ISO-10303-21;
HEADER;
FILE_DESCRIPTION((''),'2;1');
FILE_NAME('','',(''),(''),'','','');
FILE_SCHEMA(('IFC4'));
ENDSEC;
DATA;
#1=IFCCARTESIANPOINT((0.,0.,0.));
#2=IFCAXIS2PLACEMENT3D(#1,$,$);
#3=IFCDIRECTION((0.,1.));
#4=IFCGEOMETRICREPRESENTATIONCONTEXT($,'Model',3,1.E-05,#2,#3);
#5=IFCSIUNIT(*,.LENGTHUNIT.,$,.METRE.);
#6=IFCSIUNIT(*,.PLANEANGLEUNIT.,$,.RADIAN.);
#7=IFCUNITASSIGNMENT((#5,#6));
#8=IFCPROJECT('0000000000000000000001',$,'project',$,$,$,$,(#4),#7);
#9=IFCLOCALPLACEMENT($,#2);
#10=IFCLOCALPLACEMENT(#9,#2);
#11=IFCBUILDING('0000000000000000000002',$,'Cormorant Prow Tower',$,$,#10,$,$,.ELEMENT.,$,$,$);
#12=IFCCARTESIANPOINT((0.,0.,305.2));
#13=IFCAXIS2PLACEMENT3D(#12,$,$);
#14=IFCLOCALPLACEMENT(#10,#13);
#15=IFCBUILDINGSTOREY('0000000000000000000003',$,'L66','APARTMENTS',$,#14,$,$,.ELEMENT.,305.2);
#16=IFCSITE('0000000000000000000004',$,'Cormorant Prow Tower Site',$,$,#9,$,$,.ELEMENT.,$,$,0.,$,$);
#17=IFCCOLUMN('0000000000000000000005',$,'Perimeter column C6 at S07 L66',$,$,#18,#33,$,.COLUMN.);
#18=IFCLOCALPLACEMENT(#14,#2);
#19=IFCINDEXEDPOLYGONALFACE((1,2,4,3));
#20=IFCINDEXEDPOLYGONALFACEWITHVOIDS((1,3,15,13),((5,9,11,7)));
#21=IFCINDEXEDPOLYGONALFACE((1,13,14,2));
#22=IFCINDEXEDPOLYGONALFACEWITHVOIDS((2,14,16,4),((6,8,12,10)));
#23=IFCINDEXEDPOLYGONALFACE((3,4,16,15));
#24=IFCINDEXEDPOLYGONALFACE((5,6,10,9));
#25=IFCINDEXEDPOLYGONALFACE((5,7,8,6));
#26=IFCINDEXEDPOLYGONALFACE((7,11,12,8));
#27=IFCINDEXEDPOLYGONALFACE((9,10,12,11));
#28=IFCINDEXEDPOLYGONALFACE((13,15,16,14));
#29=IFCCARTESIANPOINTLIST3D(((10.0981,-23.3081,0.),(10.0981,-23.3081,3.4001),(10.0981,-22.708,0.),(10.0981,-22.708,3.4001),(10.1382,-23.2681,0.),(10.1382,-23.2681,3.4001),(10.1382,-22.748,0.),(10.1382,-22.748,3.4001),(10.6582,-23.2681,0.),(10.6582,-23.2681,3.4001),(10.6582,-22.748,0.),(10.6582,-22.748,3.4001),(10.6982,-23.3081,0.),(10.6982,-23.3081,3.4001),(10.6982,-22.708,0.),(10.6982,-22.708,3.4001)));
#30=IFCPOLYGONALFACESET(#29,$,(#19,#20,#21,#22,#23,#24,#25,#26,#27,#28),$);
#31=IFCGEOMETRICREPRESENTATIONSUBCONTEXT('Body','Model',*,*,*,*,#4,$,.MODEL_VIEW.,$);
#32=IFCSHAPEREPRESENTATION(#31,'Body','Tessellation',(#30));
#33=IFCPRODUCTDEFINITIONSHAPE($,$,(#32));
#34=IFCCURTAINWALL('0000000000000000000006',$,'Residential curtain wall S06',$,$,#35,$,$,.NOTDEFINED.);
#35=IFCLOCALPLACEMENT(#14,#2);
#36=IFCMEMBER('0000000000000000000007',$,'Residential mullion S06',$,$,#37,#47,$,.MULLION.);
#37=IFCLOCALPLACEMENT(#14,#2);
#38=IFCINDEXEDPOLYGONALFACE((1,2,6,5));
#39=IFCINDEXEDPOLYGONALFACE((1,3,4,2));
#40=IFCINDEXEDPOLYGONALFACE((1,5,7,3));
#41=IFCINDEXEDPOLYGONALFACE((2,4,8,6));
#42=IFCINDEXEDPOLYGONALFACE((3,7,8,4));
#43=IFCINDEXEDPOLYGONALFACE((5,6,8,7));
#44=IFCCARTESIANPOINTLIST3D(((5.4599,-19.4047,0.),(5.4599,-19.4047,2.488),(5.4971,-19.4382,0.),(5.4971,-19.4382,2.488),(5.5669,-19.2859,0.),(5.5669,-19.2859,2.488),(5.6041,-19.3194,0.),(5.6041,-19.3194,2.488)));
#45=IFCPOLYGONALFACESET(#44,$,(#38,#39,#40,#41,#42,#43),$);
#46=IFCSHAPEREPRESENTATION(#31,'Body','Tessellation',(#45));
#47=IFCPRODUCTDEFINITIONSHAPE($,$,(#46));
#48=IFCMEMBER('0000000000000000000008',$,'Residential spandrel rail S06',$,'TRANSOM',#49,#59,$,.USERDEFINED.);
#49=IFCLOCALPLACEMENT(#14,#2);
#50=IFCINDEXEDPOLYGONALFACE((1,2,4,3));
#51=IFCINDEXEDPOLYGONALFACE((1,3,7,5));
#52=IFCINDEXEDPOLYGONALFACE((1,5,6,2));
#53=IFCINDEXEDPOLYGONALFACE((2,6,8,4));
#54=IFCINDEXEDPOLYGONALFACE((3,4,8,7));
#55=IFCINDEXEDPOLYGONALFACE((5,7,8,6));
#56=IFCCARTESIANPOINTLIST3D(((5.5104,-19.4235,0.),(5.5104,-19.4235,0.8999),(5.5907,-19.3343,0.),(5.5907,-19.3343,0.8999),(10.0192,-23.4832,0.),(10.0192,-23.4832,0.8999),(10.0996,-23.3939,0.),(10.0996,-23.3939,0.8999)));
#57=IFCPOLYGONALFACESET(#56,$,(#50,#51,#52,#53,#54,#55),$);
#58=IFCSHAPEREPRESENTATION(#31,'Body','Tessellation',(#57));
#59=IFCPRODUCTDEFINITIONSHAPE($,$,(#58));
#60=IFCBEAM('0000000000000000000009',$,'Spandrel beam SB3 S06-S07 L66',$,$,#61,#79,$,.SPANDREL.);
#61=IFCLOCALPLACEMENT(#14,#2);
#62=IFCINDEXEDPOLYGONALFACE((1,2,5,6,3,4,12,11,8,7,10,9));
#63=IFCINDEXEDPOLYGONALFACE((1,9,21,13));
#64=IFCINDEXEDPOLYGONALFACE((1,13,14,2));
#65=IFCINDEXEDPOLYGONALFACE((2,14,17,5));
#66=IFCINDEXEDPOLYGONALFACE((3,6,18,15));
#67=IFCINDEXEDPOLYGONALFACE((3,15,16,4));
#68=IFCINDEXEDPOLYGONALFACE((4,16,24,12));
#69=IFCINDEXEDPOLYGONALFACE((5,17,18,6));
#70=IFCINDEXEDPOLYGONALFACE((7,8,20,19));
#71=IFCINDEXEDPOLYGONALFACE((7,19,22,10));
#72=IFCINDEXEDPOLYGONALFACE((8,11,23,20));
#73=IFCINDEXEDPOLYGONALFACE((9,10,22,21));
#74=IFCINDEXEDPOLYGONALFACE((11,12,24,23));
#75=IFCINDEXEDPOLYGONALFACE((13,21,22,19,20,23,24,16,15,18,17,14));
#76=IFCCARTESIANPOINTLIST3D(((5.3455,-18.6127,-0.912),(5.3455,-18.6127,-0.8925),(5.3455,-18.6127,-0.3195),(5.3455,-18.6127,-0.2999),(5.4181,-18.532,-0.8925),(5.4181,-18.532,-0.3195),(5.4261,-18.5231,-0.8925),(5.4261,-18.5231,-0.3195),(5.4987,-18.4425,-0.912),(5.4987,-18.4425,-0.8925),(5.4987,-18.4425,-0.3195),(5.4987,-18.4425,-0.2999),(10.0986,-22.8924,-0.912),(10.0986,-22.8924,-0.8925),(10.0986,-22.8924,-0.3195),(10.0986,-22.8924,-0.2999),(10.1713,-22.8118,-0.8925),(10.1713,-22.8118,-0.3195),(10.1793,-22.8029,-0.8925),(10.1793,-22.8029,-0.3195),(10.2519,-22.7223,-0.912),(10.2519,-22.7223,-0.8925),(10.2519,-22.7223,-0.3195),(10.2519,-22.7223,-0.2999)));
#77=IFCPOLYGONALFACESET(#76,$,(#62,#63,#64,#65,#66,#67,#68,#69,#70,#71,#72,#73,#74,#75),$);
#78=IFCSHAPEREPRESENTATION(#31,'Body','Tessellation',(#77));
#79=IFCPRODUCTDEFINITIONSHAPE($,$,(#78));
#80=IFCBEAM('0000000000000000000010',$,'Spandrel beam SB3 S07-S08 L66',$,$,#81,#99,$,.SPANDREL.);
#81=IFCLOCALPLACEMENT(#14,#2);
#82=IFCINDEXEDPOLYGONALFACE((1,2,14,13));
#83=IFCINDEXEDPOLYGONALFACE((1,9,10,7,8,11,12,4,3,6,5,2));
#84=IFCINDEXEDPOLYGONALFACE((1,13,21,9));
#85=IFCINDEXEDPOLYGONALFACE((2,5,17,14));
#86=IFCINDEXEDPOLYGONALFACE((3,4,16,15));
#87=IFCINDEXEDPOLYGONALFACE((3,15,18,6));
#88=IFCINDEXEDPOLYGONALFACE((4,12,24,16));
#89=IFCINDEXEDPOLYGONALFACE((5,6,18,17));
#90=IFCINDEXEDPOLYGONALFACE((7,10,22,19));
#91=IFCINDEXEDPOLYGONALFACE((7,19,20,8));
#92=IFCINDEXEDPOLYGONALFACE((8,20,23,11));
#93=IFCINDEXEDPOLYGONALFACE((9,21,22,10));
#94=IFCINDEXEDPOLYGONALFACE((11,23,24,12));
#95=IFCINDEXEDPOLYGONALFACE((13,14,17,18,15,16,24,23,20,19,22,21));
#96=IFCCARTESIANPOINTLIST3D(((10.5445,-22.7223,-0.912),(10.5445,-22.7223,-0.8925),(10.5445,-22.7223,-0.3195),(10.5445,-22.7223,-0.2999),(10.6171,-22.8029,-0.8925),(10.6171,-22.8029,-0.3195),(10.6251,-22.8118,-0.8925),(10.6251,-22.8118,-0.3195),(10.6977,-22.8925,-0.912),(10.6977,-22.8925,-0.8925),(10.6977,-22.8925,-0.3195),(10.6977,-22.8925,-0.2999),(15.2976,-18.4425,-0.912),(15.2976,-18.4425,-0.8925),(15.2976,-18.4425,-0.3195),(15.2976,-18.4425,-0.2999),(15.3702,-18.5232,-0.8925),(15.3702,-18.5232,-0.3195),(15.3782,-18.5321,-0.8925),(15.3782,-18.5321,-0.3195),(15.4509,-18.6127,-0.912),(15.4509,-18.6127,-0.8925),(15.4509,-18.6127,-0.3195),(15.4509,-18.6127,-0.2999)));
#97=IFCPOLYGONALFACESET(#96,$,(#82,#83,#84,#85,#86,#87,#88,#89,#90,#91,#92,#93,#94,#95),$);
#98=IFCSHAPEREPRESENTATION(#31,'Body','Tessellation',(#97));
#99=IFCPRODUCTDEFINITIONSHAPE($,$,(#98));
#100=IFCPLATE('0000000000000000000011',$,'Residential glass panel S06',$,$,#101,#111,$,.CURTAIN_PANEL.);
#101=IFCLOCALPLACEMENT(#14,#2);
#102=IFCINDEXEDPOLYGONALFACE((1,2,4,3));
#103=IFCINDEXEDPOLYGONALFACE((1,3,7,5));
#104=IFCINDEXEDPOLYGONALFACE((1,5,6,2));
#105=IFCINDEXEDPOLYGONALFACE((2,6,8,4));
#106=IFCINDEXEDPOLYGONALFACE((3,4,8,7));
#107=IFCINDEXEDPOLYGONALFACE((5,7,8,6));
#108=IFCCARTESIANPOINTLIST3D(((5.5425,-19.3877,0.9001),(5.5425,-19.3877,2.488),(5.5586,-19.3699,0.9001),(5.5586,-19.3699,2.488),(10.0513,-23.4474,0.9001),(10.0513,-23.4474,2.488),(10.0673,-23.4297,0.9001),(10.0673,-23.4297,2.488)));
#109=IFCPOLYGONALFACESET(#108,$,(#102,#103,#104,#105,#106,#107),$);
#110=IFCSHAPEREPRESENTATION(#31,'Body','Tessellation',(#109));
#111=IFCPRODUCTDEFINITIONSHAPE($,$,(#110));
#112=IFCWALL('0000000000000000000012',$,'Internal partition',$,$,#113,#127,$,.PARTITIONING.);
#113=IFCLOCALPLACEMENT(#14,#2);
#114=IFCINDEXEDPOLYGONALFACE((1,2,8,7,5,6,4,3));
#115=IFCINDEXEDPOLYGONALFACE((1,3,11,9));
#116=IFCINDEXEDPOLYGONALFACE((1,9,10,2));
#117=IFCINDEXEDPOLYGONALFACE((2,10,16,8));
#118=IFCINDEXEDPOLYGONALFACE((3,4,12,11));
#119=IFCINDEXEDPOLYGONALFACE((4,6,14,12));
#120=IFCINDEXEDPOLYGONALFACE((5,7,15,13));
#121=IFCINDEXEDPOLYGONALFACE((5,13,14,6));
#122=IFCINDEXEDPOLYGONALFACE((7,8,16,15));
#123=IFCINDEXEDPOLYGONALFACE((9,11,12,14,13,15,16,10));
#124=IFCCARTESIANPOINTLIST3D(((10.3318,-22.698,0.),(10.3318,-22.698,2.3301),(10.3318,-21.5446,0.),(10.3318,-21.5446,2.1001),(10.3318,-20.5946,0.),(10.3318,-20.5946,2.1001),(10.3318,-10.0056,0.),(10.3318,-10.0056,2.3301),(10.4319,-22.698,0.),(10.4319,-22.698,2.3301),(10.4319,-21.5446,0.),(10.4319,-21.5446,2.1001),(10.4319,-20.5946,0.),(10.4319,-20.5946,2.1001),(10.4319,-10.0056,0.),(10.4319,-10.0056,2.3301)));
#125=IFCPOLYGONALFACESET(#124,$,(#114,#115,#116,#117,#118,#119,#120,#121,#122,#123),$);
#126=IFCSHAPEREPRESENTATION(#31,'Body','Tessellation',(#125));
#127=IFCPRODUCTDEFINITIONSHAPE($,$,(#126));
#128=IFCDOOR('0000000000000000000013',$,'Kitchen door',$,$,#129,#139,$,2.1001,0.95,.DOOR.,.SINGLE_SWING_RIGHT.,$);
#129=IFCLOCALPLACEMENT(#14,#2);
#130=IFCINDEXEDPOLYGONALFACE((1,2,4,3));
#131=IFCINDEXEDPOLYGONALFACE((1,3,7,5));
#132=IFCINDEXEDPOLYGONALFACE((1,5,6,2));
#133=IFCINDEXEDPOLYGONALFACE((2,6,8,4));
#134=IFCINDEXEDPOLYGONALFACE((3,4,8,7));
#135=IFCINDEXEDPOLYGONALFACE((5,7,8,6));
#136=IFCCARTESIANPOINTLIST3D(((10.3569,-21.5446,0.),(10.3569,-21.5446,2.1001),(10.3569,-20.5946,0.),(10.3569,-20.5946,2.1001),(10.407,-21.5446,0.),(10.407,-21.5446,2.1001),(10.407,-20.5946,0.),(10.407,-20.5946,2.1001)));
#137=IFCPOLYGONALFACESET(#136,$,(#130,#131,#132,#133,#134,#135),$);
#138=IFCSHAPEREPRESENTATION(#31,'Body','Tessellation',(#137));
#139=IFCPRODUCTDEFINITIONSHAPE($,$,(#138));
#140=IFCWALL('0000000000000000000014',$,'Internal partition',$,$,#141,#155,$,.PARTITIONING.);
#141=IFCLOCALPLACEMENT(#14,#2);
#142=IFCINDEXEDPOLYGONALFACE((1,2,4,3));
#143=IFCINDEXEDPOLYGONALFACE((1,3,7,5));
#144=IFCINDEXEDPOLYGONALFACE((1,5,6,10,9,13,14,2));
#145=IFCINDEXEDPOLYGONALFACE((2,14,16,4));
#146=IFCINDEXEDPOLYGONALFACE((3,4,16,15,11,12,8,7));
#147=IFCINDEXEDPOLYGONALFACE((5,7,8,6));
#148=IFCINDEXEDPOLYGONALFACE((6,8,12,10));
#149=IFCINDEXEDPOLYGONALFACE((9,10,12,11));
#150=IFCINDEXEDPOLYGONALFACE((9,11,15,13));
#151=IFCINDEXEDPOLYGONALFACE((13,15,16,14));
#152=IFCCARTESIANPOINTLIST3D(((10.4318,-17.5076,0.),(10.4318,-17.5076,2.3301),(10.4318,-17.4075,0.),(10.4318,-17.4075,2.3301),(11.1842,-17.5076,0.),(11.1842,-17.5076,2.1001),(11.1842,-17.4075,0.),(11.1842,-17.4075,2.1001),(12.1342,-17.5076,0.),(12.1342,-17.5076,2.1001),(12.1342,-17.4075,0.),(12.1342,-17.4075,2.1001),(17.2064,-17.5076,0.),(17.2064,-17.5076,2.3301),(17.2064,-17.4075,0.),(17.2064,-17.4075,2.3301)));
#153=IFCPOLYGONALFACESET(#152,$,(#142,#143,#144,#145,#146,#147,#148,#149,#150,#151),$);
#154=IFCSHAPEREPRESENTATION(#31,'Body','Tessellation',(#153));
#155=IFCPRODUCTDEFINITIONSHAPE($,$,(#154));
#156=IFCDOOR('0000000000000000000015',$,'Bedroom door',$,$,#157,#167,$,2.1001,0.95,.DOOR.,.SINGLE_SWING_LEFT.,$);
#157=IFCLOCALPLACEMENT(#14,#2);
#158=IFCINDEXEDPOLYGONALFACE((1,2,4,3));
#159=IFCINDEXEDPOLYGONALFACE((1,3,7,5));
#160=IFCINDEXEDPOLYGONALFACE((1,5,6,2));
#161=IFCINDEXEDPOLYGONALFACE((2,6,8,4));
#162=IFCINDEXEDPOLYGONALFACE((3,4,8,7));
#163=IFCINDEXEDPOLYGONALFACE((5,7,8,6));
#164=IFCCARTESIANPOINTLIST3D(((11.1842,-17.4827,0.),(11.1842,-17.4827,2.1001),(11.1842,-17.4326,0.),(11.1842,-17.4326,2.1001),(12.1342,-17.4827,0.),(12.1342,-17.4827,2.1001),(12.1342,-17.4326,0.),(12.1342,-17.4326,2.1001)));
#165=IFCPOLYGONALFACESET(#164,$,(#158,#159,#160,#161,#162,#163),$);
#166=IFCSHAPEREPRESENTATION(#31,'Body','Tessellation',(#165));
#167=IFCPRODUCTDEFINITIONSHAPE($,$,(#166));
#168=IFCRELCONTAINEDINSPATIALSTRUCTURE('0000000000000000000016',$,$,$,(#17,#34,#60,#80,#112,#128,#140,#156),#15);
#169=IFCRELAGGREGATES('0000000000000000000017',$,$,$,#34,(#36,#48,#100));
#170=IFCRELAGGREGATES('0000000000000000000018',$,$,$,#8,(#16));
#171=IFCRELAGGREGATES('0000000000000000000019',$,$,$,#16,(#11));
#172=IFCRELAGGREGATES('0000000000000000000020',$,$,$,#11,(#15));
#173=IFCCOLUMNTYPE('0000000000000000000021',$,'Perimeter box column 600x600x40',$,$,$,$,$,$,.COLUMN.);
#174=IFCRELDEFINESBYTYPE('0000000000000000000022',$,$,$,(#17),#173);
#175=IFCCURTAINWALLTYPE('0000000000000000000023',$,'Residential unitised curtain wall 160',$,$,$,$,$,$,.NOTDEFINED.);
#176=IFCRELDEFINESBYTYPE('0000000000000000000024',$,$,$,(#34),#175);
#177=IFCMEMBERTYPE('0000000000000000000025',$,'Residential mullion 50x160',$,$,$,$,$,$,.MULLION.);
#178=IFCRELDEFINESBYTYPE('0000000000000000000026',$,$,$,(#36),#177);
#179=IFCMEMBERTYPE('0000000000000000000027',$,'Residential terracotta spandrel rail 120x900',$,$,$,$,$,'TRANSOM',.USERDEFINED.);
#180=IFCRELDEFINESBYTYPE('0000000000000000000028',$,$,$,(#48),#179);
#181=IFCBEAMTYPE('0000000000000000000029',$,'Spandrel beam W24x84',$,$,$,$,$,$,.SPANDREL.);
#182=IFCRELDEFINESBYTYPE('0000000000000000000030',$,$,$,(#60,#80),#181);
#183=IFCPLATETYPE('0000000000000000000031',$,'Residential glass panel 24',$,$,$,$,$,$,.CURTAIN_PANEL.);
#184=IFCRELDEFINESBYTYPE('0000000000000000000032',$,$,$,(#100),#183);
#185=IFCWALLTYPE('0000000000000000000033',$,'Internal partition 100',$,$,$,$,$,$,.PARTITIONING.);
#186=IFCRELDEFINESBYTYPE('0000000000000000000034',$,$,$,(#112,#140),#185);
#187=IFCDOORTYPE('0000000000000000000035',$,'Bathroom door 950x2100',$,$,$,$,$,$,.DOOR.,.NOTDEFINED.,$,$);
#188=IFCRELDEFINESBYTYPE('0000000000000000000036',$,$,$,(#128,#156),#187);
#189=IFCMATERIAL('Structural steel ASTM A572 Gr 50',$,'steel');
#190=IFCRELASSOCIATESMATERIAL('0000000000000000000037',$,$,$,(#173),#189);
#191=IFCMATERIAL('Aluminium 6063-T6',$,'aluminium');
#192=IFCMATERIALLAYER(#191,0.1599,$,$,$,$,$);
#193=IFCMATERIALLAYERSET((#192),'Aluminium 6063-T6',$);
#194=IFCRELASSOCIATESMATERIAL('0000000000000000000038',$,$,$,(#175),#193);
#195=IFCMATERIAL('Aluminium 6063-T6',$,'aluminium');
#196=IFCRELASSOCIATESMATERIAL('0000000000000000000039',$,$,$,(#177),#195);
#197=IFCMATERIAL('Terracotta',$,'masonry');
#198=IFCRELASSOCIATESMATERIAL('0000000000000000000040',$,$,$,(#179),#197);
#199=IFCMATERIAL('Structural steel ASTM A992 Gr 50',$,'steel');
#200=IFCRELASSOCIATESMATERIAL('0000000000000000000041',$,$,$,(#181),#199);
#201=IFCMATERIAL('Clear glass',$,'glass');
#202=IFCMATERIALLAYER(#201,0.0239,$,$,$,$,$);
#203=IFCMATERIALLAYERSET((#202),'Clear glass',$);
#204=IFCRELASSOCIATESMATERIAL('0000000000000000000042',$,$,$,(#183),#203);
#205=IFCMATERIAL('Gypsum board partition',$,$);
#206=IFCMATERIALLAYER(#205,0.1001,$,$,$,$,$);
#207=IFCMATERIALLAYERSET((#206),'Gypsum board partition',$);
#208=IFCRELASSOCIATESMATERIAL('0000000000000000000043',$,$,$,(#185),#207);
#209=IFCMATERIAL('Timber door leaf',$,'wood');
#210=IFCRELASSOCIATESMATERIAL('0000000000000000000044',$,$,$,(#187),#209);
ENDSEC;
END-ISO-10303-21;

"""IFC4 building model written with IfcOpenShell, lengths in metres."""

from ifc_helpers import new_model, si_unit, direction, frame, frame_2d, origin, origin_2d, place, context, subcontext, project, spatial, rectangle, hollow_rectangle, i_section, extrude, material, layer, layer_set, material_profile, profile_set, type_object, element, fill, aggregate, save


model = new_model("IFC4")

# Units and contexts
model_context = context("Model", 3, precision=1e-05, world=origin(), true_north=direction((0.0, 1.0)))
body_context = subcontext(model_context, "Body", "Model", "MODEL_VIEW")
ifc_project = project(units=[si_unit("LENGTHUNIT", "METRE"), si_unit("PLANEANGLEUNIT", "RADIAN")], contexts=[model_context])

# Site, building, storey
site_placement = place(None, origin())
site = spatial("IfcSite", under=ifc_project, at=site_placement, Name="Cormorant Prow Tower Site", CompositionType="ELEMENT", RefElevation=0.0)
building_placement = place(site_placement, origin())
building = spatial("IfcBuilding", under=site, at=building_placement, Name="Cormorant Prow Tower", CompositionType="ELEMENT")
storey_placement = place(building_placement, frame((0.0, 0.0, 305.2)))
storey = spatial("IfcBuildingStorey", under=building, at=storey_placement, Name="L66", Description="APARTMENTS", CompositionType="ELEMENT", Elevation=305.2)

# Column
ifc_material_1 = material(Name="Structural steel ASTM A572 Gr 50", Category="steel")
ifc_material_profile_1 = material_profile(ifc_material_1, hollow_rectangle(XDim=0.6001, YDim=0.6001, WallThickness=0.04, at=origin_2d()), Name="Box 600x600x40")
ifc_profile_set_1 = profile_set([ifc_material_profile_1], Name="Structural steel ASTM A572 Gr 50")
column_type = type_object("IfcColumnType", Name="Perimeter box column 600x600x40", PredefinedType="COLUMN", material=ifc_profile_set_1)
column_placement = place(storey_placement, frame((10.3982, -23.0081, 0.0), z_axis=(0.0, 0.0, 1.0), x_axis=(1.0, 0.0, 0.0)))
element("IfcColumn", 1, at=column_placement, inside=storey, type_object=column_type, Name="Perimeter column C6 at S07 L66", PredefinedType="COLUMN", context=body_context, shape_type="SweptSolid", body=[
    extrude(hollow_rectangle(XDim=0.6001, YDim=0.6001, WallThickness=0.04, at=origin_2d()), origin(), (0.0, 0.0, 1.0), 3.4001),
])

# Curtain wall, members
ifc_material_2 = material(Name="Aluminium 6063-T6", Category="aluminium")
ifc_layer_1 = layer(ifc_material_2, 0.1599)
ifc_layer_set_1 = layer_set([ifc_layer_1], Name="Aluminium 6063-T6")
curtain_wall_type = type_object("IfcCurtainWallType", Name="Residential unitised curtain wall 160", PredefinedType="NOTDEFINED", material=ifc_layer_set_1)
curtain_wall_placement = place(storey_placement, origin())
curtain_wall = element("IfcCurtainWall", 2, at=curtain_wall_placement, inside=storey, type_object=curtain_wall_type, Name="Residential curtain wall S06", PredefinedType="NOTDEFINED")
ifc_material_3 = material(Name="Aluminium 6063-T6", Category="aluminium")
ifc_material_profile_2 = material_profile(ifc_material_3, rectangle(XDim=0.1599, YDim=0.05, at=origin_2d()), Name="Residential mullion 50x160")
ifc_profile_set_2 = profile_set([ifc_material_profile_2], Name="Aluminium 6063-T6")
member_type_1 = type_object("IfcMemberType", Name="Residential mullion 50x160", PredefinedType="MULLION", material=ifc_profile_set_2)
member_1_placement = place(storey_placement, frame((5.532, -19.3621, 0.0), z_axis=(0.0, 0.0, 1.0), x_axis=(0.669131, 0.743145, 0.0)))
member_1 = element("IfcMember", 3, at=member_1_placement, type_object=member_type_1, Name="Residential mullion S06", PredefinedType="MULLION", context=body_context, shape_type="SweptSolid", body=[
    extrude(rectangle(XDim=0.1599, YDim=0.05, at=origin_2d()), origin(), (0.0, 0.0, 1.0), 2.488),
])
ifc_material_4 = material(Name="Terracotta", Category="masonry")
ifc_material_profile_3 = material_profile(ifc_material_4, rectangle(XDim=0.1201, YDim=0.8999, at=origin_2d()), Name="Residential terracotta spandrel rail 120x900")
ifc_profile_set_3 = profile_set([ifc_material_profile_3], Name="Terracotta")
member_type_2 = type_object("IfcMemberType", Name="Residential terracotta spandrel rail 120x900", ElementType="TRANSOM", PredefinedType="USERDEFINED", material=ifc_profile_set_3)
member_2_placement = place(storey_placement, frame((5.5505, -19.3789, 0.45), z_axis=(0.743158, -0.669116, 0.0), x_axis=(0.669116, 0.743158, 0.0)))
member_2 = element("IfcMember", 4, at=member_2_placement, type_object=member_type_2, Name="Residential spandrel rail S06", ObjectType="TRANSOM", PredefinedType="USERDEFINED", context=body_context, shape_type="SweptSolid", body=[
    extrude(rectangle(XDim=0.1201, YDim=0.8999, at=origin_2d()), origin(), (0.0, 0.0, 1.0), 6.0671),
])

# Beams
ifc_material_5 = material(Name="Structural steel ASTM A992 Gr 50", Category="steel")
ifc_material_profile_4 = material_profile(ifc_material_5, i_section(OverallWidth=0.229, OverallDepth=0.6121, WebThickness=0.012, FlangeThickness=0.0195, at=origin_2d()), Name="W24x84")
ifc_profile_set_4 = profile_set([ifc_material_profile_4], Name="Structural steel ASTM A992 Gr 50")
beam_type = type_object("IfcBeamType", Name="Spandrel beam W24x84", PredefinedType="SPANDREL", material=ifc_profile_set_4)
for number, where, z_axis, x_axis, name in (
    (5, (5.4221, -18.5276, -0.606), (0.743144, -0.669131, 0.0), (0.669131, 0.743144, 0.0), "Spandrel beam SB3 S06-S07 L66"),
    (6, (10.6211, -22.8074, -0.606), (0.743144, 0.669131, 0.0), (-0.669131, 0.743144, 0.0), "Spandrel beam SB3 S07-S08 L66"),
):
    element("IfcBeam", number, at=place(storey_placement, frame(where, z_axis=z_axis, x_axis=x_axis)), inside=storey, type_object=beam_type, Name=name, PredefinedType="SPANDREL", context=body_context, shape_type="SweptSolid", body=[
        extrude(i_section(OverallWidth=0.229, OverallDepth=0.6121, WebThickness=0.012, FlangeThickness=0.0195, at=origin_2d()), origin(), (0.0, 0.0, 1.0), 6.396),
    ])

# Plate
ifc_material_6 = material(Name="Clear glass", Category="glass")
ifc_layer_2 = layer(ifc_material_6, 0.0239)
ifc_layer_set_2 = layer_set([ifc_layer_2], Name="Clear glass")
plate_type = type_object("IfcPlateType", Name="Residential glass panel 24", PredefinedType="CURTAIN_PANEL", material=ifc_layer_set_2)
plate_placement = place(storey_placement, frame((7.8049, -21.4087, 0.9001), z_axis=(0.0, 0.0, 1.0), x_axis=(0.743145, -0.669131, 0.0)))
plate = element("IfcPlate", 7, at=plate_placement, type_object=plate_type, Name="Residential glass panel S06", PredefinedType="CURTAIN_PANEL", context=body_context, shape_type="SweptSolid", body=[
    extrude(rectangle(XDim=6.0671, YDim=0.0239, at=origin_2d()), origin(), (0.0, 0.0, 1.0), 1.5879),
])
aggregate(curtain_wall, [member_1, member_2, plate])

# Walls, openings, doors
ifc_material_7 = material(Name="Gypsum board partition")
ifc_layer_3 = layer(ifc_material_7, 0.1001)
ifc_layer_set_3 = layer_set([ifc_layer_3], Name="Gypsum board partition")
wall_type_1 = type_object("IfcWallType", Name="Internal partition 100", PredefinedType="PARTITIONING", material=ifc_layer_set_3)
wall_1_placement = place(storey_placement, frame((10.3818, -22.698, 0.0), z_axis=(0.0, 0.0, 1.0), x_axis=(0.0, 1.0, 0.0)))
wall_1 = element("IfcWall", 8, at=wall_1_placement, inside=storey, type_object=wall_type_1, Name="Internal partition", PredefinedType="PARTITIONING", context=body_context, shape_type="SweptSolid", body=[
    extrude(rectangle(XDim=12.6924, YDim=0.1001, at=frame_2d((6.3462, 0.0))), origin(), (0.0, 0.0, 1.0), 2.3301),
])
opening_1_placement = place(wall_1_placement, frame((1.1533, 0.0, 0.0)))
opening_1 = element("IfcOpeningElement", 9, at=opening_1_placement, cuts=wall_1, PredefinedType="OPENING", context=body_context, shape_type="SweptSolid", body=[
    extrude(rectangle(XDim=0.95, YDim=2.1001, at=frame_2d((0.4751, 1.05))), frame((0.0, 0.0601, 0.0), z_axis=(0.0, -1.0, 0.0), x_axis=(1.0, 0.0, 0.0)), (0.0, 0.0, 1.0), 0.1201),
])
ifc_material_8 = material(Name="Timber door leaf", Category="wood")
door_type_1 = type_object("IfcDoorType", Name="Bathroom door 950x2100", OperationType="NOTDEFINED", PredefinedType="DOOR", material=ifc_material_8)
door_1_placement = place(opening_1_placement, origin())
door_1 = element("IfcDoor", 10, at=door_1_placement, inside=storey, type_object=door_type_1, Name="Kitchen door", OperationType="SINGLE_SWING_RIGHT", OverallHeight=2.1001, OverallWidth=0.95, PredefinedType="DOOR", context=body_context, shape_type="SweptSolid", body=[
    extrude(rectangle(XDim=0.95, YDim=2.1001, at=frame_2d((0.4751, 1.05))), frame((0.0, 0.0249, 0.0), z_axis=(0.0, -1.0, 0.0), x_axis=(1.0, 0.0, 0.0)), (0.0, 0.0, 1.0), 0.05),
])
fill(opening_1, door_1)
wall_2_placement = place(storey_placement, frame((10.4319, -17.4575, 0.0), z_axis=(0.0, 0.0, 1.0), x_axis=(1.0, 0.0, 0.0)))
wall_2 = element("IfcWall", 11, at=wall_2_placement, inside=storey, type_object=wall_type_1, Name="Internal partition", PredefinedType="PARTITIONING", context=body_context, shape_type="SweptSolid", body=[
    extrude(rectangle(XDim=6.7747, YDim=0.1001, at=frame_2d((3.3872, 0.0))), origin(), (0.0, 0.0, 1.0), 2.3301),
])
opening_2_placement = place(wall_2_placement, frame((0.7522, 0.0, 0.0)))
opening_2 = element("IfcOpeningElement", 12, at=opening_2_placement, cuts=wall_2, PredefinedType="OPENING", context=body_context, shape_type="SweptSolid", body=[
    extrude(rectangle(XDim=0.95, YDim=2.1001, at=frame_2d((0.4751, 1.05))), frame((0.0, 0.0601, 0.0), z_axis=(0.0, -1.0, 0.0), x_axis=(1.0, 0.0, 0.0)), (0.0, 0.0, 1.0), 0.1201),
])
door_2_placement = place(opening_2_placement, origin())
door_2 = element("IfcDoor", 13, at=door_2_placement, inside=storey, type_object=door_type_1, Name="Bedroom door", OperationType="SINGLE_SWING_LEFT", OverallHeight=2.1001, OverallWidth=0.95, PredefinedType="DOOR", context=body_context, shape_type="SweptSolid", body=[
    extrude(rectangle(XDim=0.95, YDim=2.1001, at=frame_2d((0.4751, 1.05))), frame((0.0, 0.0249, 0.0), z_axis=(0.0, -1.0, 0.0), x_axis=(1.0, 0.0, 0.0)), (0.0, 0.0, 1.0), 0.05),
])
fill(opening_2, door_2)

save(model, "model.ifc")
